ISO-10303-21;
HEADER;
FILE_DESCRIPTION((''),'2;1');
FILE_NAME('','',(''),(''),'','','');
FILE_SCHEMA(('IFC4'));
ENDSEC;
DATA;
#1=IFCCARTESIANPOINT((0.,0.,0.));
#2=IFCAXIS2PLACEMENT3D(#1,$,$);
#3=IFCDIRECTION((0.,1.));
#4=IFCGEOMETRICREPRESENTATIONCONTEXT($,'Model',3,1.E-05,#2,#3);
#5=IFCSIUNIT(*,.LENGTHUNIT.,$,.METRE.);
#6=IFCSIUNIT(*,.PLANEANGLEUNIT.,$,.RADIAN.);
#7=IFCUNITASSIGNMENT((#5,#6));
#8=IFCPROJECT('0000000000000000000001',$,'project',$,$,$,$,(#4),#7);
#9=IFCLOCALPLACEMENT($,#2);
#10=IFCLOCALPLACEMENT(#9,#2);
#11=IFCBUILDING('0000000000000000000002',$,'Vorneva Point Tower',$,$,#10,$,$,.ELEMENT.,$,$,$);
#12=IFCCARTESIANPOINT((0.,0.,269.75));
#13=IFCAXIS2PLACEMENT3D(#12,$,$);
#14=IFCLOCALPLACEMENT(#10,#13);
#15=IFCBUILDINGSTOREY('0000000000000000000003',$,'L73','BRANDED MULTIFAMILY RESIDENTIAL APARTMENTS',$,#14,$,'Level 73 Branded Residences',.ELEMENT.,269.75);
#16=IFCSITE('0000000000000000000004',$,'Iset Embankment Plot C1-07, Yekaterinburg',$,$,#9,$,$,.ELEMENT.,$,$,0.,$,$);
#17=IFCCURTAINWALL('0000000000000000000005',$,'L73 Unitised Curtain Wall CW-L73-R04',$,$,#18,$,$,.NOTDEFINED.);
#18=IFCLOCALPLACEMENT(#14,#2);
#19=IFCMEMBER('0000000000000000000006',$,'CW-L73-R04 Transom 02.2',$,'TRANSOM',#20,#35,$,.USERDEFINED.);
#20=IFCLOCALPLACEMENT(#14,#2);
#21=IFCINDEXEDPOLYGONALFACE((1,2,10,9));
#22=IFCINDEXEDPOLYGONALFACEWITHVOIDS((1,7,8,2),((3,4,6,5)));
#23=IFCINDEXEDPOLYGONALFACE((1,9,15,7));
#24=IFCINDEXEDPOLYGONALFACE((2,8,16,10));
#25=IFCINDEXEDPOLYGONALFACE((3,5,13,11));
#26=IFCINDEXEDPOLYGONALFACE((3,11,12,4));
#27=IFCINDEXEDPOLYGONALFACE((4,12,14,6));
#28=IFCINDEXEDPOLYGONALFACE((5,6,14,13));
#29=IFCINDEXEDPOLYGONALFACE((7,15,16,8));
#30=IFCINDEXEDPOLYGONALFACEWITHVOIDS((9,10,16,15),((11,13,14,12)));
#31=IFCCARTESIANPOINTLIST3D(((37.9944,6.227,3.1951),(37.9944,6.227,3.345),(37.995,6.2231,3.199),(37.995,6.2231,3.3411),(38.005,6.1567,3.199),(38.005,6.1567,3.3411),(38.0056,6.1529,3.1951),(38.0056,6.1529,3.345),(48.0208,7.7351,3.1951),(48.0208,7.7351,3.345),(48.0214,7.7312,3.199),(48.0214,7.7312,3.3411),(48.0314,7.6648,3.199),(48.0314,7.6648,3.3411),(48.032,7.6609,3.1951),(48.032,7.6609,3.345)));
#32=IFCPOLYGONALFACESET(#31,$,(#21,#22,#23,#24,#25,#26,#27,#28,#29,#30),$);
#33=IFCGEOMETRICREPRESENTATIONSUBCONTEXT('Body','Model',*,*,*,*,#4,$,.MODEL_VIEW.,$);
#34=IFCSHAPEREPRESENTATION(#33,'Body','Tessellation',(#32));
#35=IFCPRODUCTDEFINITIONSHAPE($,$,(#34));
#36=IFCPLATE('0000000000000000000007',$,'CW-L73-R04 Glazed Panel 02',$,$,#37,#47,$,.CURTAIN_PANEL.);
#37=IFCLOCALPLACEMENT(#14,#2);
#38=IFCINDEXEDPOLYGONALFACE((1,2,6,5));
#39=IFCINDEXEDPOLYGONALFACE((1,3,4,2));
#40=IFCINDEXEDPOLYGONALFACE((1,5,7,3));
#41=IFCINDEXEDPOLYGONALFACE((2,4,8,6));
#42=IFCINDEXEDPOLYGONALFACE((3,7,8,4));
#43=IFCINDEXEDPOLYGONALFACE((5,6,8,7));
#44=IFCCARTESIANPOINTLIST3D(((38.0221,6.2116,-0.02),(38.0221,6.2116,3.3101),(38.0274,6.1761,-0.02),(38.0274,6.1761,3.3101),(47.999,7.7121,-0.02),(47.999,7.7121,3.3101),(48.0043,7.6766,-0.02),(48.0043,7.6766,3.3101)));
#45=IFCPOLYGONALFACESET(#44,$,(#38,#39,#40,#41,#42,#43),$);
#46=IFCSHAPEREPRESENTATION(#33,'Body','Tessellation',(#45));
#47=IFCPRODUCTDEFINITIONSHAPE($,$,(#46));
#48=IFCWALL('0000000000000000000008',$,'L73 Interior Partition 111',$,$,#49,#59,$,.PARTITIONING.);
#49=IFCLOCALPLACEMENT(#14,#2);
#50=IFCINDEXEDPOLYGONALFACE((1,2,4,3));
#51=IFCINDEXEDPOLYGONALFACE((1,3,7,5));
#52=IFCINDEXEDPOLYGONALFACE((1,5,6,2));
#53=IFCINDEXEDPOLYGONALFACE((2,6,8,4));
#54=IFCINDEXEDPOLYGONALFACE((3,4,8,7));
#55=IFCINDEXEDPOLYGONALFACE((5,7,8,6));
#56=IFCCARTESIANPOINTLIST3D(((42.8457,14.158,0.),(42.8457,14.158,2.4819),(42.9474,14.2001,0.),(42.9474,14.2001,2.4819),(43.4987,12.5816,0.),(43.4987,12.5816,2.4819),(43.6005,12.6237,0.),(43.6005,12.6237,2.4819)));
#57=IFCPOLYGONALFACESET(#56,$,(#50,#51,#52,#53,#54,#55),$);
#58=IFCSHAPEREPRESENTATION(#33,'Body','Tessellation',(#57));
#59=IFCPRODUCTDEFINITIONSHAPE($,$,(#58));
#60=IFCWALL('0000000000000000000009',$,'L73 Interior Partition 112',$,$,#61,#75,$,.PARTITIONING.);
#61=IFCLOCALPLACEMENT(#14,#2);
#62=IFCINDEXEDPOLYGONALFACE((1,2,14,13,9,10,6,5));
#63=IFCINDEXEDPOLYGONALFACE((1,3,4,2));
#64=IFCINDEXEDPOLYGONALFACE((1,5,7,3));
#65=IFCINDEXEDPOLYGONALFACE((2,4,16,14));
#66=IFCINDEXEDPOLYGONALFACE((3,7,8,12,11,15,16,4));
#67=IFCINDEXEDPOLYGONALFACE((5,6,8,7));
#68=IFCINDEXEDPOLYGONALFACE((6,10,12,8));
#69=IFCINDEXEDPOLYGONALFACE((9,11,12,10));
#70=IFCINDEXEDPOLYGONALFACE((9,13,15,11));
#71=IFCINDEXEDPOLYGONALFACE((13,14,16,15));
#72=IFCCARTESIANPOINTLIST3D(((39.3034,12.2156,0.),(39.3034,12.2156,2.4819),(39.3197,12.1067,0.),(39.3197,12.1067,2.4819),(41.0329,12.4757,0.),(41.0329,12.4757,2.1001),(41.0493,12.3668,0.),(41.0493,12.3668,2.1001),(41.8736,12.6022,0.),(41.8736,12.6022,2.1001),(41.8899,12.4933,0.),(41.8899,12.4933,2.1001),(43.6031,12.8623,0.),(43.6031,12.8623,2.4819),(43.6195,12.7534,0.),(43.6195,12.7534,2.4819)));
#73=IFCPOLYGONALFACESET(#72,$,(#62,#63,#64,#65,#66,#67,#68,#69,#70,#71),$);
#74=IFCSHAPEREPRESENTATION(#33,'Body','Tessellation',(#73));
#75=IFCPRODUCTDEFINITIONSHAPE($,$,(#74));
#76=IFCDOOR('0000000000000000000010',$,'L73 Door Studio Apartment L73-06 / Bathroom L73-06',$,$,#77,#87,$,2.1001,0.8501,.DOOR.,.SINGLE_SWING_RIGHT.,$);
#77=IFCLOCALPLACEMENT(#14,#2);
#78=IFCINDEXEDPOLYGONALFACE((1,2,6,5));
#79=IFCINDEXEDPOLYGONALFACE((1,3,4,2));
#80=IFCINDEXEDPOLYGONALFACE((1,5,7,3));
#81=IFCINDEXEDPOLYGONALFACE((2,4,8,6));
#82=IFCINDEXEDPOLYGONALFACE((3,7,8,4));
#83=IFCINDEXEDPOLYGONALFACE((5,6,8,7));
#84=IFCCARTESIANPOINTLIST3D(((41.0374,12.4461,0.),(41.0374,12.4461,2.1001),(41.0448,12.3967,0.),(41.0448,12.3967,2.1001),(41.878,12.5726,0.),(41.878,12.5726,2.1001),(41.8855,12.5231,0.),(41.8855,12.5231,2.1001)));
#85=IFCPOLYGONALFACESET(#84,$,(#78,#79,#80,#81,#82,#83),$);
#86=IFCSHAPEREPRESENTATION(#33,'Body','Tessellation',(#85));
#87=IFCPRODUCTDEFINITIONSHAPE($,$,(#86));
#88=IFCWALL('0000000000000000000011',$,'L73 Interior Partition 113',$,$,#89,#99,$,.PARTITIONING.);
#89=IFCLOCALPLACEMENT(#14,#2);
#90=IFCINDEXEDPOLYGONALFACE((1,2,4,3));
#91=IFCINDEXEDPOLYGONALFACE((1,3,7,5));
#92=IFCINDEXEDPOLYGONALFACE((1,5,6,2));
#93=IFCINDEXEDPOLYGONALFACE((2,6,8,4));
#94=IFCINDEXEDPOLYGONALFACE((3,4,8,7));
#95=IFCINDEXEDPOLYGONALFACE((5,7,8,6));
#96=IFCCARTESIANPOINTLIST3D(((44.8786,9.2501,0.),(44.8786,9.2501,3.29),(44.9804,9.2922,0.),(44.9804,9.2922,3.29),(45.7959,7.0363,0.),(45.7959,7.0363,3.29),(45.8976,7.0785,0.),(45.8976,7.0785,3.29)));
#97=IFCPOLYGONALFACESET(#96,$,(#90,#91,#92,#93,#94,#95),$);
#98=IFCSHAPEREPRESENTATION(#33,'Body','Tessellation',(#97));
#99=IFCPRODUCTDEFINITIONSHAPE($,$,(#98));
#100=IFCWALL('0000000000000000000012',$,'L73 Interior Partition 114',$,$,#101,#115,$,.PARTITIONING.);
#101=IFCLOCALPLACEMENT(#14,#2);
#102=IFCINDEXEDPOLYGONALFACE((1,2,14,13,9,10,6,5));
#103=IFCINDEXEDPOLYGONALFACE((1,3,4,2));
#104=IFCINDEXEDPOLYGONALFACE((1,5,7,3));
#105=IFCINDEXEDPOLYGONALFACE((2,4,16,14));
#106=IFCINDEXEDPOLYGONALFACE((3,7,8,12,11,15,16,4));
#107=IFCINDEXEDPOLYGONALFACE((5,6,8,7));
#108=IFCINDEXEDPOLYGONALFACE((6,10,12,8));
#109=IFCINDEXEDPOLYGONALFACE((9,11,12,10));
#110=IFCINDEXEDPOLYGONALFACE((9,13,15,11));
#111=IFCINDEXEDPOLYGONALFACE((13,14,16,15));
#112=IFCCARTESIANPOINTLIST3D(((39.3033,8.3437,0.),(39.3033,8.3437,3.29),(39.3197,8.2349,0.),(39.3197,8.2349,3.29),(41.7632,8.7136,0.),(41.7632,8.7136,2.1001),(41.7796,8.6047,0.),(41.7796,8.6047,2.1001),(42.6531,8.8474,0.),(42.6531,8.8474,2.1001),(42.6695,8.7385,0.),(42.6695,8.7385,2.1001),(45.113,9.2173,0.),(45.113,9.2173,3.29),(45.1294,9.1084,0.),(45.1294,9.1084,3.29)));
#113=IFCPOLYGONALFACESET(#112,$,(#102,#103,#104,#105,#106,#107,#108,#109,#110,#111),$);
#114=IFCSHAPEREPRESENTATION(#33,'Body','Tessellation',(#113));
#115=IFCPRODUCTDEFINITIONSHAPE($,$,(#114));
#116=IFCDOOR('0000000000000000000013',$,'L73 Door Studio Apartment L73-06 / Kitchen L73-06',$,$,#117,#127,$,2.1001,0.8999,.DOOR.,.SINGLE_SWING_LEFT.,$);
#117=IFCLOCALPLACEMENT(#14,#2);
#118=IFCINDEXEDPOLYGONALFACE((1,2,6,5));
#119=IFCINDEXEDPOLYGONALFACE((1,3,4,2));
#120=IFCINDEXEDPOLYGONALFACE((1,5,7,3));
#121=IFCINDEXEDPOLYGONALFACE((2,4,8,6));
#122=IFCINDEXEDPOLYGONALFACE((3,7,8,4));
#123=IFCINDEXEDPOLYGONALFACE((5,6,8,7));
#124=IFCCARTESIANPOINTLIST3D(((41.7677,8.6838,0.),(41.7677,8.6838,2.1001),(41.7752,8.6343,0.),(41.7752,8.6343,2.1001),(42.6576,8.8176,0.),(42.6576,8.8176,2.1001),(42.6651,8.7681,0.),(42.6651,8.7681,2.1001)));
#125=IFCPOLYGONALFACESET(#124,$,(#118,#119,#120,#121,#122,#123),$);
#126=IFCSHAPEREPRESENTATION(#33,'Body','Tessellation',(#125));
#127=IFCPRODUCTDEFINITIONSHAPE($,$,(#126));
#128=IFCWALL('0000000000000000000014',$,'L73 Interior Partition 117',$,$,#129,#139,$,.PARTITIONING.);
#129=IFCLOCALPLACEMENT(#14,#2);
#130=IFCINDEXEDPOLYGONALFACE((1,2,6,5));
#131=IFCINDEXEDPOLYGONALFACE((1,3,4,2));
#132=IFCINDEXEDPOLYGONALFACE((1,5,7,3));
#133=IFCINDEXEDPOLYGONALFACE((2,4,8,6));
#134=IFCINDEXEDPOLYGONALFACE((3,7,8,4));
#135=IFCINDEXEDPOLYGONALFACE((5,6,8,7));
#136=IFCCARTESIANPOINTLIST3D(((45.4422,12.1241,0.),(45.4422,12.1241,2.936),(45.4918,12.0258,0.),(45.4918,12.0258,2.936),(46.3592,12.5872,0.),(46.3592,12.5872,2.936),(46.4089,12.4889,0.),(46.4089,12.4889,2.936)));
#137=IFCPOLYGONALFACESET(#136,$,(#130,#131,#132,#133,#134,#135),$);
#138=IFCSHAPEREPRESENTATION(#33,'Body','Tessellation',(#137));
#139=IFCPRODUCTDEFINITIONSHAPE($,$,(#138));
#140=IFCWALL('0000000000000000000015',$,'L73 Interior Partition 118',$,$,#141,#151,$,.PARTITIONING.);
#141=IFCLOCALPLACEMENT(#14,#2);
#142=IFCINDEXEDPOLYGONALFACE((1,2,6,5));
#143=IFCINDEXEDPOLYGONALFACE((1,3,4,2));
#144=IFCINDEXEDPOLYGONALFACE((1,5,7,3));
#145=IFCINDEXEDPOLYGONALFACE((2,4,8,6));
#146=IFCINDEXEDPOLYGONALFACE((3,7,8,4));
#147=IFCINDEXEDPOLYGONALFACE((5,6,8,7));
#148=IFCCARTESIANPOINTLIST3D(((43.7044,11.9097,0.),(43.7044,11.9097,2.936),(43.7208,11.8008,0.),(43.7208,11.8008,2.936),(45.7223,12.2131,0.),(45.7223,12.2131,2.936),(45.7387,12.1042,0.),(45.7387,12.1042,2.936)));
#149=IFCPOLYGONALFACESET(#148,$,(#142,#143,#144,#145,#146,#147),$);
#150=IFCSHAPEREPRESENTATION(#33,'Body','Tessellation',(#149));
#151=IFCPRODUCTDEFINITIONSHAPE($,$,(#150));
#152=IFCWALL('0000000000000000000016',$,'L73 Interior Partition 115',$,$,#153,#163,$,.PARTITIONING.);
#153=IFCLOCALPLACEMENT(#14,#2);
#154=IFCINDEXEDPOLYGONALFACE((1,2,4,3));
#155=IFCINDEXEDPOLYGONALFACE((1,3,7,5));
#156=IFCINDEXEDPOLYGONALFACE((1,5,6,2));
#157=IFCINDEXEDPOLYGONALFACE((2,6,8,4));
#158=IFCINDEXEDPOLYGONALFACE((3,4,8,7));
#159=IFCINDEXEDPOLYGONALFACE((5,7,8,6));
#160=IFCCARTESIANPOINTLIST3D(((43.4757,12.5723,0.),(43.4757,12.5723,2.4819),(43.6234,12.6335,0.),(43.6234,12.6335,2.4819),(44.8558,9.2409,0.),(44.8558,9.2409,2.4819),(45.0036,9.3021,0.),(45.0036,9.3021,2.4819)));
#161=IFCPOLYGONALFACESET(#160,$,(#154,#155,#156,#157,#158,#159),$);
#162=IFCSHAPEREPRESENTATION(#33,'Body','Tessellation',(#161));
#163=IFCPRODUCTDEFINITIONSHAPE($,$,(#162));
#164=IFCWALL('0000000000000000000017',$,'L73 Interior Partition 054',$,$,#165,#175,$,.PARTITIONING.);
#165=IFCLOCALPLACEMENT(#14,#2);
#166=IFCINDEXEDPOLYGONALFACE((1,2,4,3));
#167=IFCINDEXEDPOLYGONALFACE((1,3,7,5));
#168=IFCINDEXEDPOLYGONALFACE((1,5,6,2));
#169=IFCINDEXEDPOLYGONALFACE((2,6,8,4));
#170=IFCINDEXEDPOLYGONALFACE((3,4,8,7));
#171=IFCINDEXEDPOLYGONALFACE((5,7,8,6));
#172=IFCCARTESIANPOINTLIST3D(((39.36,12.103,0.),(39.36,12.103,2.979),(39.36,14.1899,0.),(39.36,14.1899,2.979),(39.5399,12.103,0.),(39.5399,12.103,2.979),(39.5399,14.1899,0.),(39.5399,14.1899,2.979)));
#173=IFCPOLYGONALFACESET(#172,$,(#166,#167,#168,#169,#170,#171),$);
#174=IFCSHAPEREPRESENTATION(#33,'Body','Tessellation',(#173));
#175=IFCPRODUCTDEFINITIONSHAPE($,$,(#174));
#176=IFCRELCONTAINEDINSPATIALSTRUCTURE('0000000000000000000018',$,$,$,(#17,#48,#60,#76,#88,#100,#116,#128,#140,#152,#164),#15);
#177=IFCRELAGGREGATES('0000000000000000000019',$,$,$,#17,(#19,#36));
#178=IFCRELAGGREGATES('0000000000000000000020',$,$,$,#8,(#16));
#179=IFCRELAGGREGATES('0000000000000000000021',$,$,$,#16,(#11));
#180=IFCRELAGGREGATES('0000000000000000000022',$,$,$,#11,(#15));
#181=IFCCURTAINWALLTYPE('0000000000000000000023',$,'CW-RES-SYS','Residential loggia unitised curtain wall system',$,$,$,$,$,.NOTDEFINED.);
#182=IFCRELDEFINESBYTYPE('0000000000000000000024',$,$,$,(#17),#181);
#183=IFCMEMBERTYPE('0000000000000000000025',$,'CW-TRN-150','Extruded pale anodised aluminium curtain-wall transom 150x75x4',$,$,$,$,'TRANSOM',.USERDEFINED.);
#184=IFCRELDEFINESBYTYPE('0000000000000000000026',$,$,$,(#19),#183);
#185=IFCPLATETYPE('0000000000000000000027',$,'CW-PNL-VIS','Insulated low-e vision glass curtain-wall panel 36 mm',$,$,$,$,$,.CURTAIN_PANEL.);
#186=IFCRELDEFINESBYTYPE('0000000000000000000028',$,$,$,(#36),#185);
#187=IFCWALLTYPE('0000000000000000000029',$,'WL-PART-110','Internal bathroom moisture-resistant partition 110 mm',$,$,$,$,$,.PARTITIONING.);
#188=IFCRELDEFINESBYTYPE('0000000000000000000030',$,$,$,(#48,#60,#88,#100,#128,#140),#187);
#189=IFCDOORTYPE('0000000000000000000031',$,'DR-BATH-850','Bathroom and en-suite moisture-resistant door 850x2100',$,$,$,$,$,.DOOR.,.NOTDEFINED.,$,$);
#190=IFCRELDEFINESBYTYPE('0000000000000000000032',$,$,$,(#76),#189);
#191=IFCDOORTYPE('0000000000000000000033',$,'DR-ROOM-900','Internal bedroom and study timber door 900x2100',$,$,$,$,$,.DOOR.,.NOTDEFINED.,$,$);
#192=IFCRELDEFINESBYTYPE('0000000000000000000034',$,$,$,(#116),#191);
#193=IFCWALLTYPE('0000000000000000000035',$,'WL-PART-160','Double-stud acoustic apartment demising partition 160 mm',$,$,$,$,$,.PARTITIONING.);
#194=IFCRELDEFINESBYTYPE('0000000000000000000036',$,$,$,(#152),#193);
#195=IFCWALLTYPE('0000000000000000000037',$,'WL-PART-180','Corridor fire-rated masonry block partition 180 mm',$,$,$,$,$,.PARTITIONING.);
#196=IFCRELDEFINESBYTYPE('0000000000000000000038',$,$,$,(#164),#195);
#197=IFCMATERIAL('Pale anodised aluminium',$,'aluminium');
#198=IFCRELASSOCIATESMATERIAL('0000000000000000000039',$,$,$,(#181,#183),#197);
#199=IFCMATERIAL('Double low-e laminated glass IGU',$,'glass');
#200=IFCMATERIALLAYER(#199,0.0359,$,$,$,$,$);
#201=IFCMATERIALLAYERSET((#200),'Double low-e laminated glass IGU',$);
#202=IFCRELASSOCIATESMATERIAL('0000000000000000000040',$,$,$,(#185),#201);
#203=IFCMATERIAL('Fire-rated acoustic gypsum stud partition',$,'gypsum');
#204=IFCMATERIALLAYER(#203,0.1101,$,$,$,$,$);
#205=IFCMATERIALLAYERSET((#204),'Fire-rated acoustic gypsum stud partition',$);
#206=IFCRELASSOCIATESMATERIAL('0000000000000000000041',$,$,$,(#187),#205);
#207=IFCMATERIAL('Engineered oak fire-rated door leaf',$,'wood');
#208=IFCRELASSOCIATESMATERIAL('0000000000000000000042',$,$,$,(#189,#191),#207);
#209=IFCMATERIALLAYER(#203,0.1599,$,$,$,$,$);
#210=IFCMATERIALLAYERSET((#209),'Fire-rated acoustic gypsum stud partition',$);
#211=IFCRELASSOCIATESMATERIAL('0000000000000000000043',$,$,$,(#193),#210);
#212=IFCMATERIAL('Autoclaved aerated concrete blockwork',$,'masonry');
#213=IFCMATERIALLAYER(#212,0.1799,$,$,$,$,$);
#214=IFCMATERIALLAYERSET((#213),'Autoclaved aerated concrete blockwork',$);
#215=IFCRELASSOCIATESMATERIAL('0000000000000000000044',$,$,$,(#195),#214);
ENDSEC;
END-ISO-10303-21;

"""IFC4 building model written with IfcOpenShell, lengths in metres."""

from ifc_helpers import new_model, si_unit, direction, frame, frame_2d, origin, origin_2d, place, context, subcontext, project, spatial, rectangle, hollow_rectangle, extrude, material, layer, layer_set, material_profile, profile_set, type_object, element, fill, aggregate, save


model = new_model("IFC4")

# Units and contexts
model_context = context("Model", 3, precision=1e-05, world=origin(), true_north=direction((0.0, 1.0)))
body_context = subcontext(model_context, "Body", "Model", "MODEL_VIEW")
ifc_project = project(units=[si_unit("LENGTHUNIT", "METRE"), si_unit("PLANEANGLEUNIT", "RADIAN")], contexts=[model_context])

# Site, building, storey
site_placement = place(None, origin())
site = spatial("IfcSite", under=ifc_project, at=site_placement, Name="Iset Embankment Plot C1-07, Yekaterinburg", CompositionType="ELEMENT", RefElevation=0.0)
building_placement = place(site_placement, origin())
building = spatial("IfcBuilding", under=site, at=building_placement, Name="Vorneva Point Tower", CompositionType="ELEMENT")
storey_placement = place(building_placement, frame((0.0, 0.0, 269.75)))
storey = spatial("IfcBuildingStorey", under=building, at=storey_placement, Name="L73", Description="BRANDED MULTIFAMILY RESIDENTIAL APARTMENTS", LongName="Level 73 Branded Residences", CompositionType="ELEMENT", Elevation=269.75)

# Curtain wall, member, plate
ifc_material_1 = material(Name="Pale anodised aluminium", Category="aluminium")
curtain_wall_type = type_object("IfcCurtainWallType", Name="CW-RES-SYS", Description="Residential loggia unitised curtain wall system", PredefinedType="NOTDEFINED", material=ifc_material_1)
curtain_wall_placement = place(storey_placement, origin())
curtain_wall = element("IfcCurtainWall", 1, at=curtain_wall_placement, inside=storey, type_object=curtain_wall_type, Name="L73 Unitised Curtain Wall CW-L73-R04", PredefinedType="NOTDEFINED")
ifc_material_profile_1 = material_profile(ifc_material_1, hollow_rectangle(XDim=0.075, YDim=0.1499, WallThickness=0.0039, at=origin_2d()), Name="AL-TRN 150x75x4")
ifc_profile_set_1 = profile_set([ifc_material_profile_1], Name="Pale anodised aluminium")
member_type_1 = type_object("IfcMemberType", Name="CW-TRN-150", Description="Extruded pale anodised aluminium curtain-wall transom 150x75x4", ElementType="TRANSOM", PredefinedType="USERDEFINED", material=ifc_profile_set_1)
member_1_placement = place(storey_placement, frame((38.0, 6.1899, 3.27), z_axis=(0.988877, 0.148736, 0.0), x_axis=(-0.148736, 0.988877, 0.0)))
member_1 = element("IfcMember", 2, at=member_1_placement, type_object=member_type_1, Name="CW-L73-R04 Transom 02.2", ObjectType="TRANSOM", PredefinedType="USERDEFINED", context=body_context, shape_type="SweptSolid", body=[
    extrude(hollow_rectangle(XDim=0.075, YDim=0.1499, WallThickness=0.0039, at=origin_2d()), origin(), (0.0, 0.0, 1.0), 10.1392),
])
ifc_material_2 = material(Name="Double low-e laminated glass IGU", Category="glass")
ifc_layer_1 = layer(ifc_material_2, 0.0359)
ifc_layer_set_1 = layer_set([ifc_layer_1], Name="Double low-e laminated glass IGU")
plate_type = type_object("IfcPlateType", Name="CW-PNL-VIS", Description="Insulated low-e vision glass curtain-wall panel 36 mm", PredefinedType="CURTAIN_PANEL", material=ifc_layer_set_1)
plate_placement = place(storey_placement, frame((43.0132, 6.9441, -0.02), z_axis=(0.0, 0.0, 1.0), x_axis=(0.988879, 0.148724, 0.0)))
plate = element("IfcPlate", 3, at=plate_placement, type_object=plate_type, Name="CW-L73-R04 Glazed Panel 02", PredefinedType="CURTAIN_PANEL", context=body_context, shape_type="SweptSolid", body=[
    extrude(rectangle(XDim=10.0891, YDim=0.0359, at=origin_2d()), origin(), (0.0, 0.0, 1.0), 3.3301),
])
aggregate(curtain_wall, [member_1, plate])

# Wall
ifc_material_3 = material(Name="Fire-rated acoustic gypsum stud partition", Category="gypsum")
ifc_layer_2 = layer(ifc_material_3, 0.1101)
ifc_layer_set_2 = layer_set([ifc_layer_2], Name="Fire-rated acoustic gypsum stud partition")
wall_type_1 = type_object("IfcWallType", Name="WL-PART-110", Description="Internal bathroom moisture-resistant partition 110 mm", PredefinedType="PARTITIONING", material=ifc_layer_set_2)
wall_1_placement = place(storey_placement, frame((43.5496, 12.6028, 0.0), z_axis=(0.0, 0.0, 1.0), x_axis=(-0.382735, 0.923858, 0.0)))
element("IfcWall", 4, at=wall_1_placement, inside=storey, type_object=wall_type_1, Name="L73 Interior Partition 111", PredefinedType="PARTITIONING", context=body_context, shape_type="SweptSolid", body=[
    extrude(rectangle(XDim=1.7063, YDim=0.1101, at=frame_2d((0.853, 0.0))), origin(), (0.0, 0.0, 1.0), 2.4819),
])

# Wall, opening, door
wall_2_placement = place(storey_placement, frame((43.6113, 12.8079, 0.0), z_axis=(0.0, 0.0, 1.0), x_axis=(-0.988877, -0.148736, 0.0)))
wall_2 = element("IfcWall", 5, at=wall_2_placement, inside=storey, type_object=wall_type_1, Name="L73 Interior Partition 112", PredefinedType="PARTITIONING", context=body_context, shape_type="SweptSolid", body=[
    extrude(rectangle(XDim=4.3481, YDim=0.1101, at=frame_2d((2.1741, 0.0))), origin(), (0.0, 0.0, 1.0), 2.4819),
])
opening_1_placement = place(wall_2_placement, frame((1.749, 0.0, 0.0)))
opening_1 = element("IfcOpeningElement", 6, at=opening_1_placement, cuts=wall_2, PredefinedType="OPENING", context=body_context, shape_type="SweptSolid", body=[
    extrude(rectangle(XDim=0.8501, YDim=2.1001, at=frame_2d((0.425, 1.05))), frame((0.0, 0.0698, 0.0), z_axis=(0.0, -1.0, 0.0), x_axis=(1.0, 0.0, 0.0)), (0.0, 0.0, 1.0), 0.1399),
])
ifc_material_4 = material(Name="Engineered oak fire-rated door leaf", Category="wood")
door_type_1 = type_object("IfcDoorType", Name="DR-BATH-850", Description="Bathroom and en-suite moisture-resistant door 850x2100", OperationType="NOTDEFINED", PredefinedType="DOOR", material=ifc_material_4)
door_1_placement = place(opening_1_placement, origin())
door_1 = element("IfcDoor", 7, at=door_1_placement, inside=storey, type_object=door_type_1, Name="L73 Door Studio Apartment L73-06 / Bathroom L73-06", OperationType="SINGLE_SWING_RIGHT", OverallHeight=2.1001, OverallWidth=0.8501, PredefinedType="DOOR", context=body_context, shape_type="SweptSolid", body=[
    extrude(rectangle(XDim=0.8501, YDim=2.1001, at=frame_2d((0.425, 1.05))), frame((0.0, 0.0249, 0.0), z_axis=(0.0, -1.0, 0.0), x_axis=(1.0, 0.0, 0.0)), (0.0, 0.0, 1.0), 0.05),
])
fill(opening_1, door_1)

# Wall
wall_3_placement = place(storey_placement, frame((44.9294, 9.2712, 0.0), z_axis=(0.0, 0.0, 1.0), x_axis=(0.382799, -0.923832, 0.0)))
element("IfcWall", 8, at=wall_3_placement, inside=storey, type_object=wall_type_1, Name="L73 Interior Partition 113", PredefinedType="PARTITIONING", context=body_context, shape_type="SweptSolid", body=[
    extrude(rectangle(XDim=2.3962, YDim=0.1101, at=frame_2d((1.1982, 0.0))), origin(), (0.0, 0.0, 1.0), 3.29),
])

# Wall, opening, door
wall_4_placement = place(storey_placement, frame((39.3115, 8.2893, 0.0), z_axis=(0.0, 0.0, 1.0), x_axis=(0.988885, 0.148684, 0.0)))
wall_4 = element("IfcWall", 9, at=wall_4_placement, inside=storey, type_object=wall_type_1, Name="L73 Interior Partition 114", PredefinedType="PARTITIONING", context=body_context, shape_type="SweptSolid", body=[
    extrude(rectangle(XDim=5.875, YDim=0.1101, at=frame_2d((2.9375, 0.0))), origin(), (0.0, 0.0, 1.0), 3.29),
])
opening_2_placement = place(wall_4_placement, frame((2.4875, 0.0, 0.0)))
opening_2 = element("IfcOpeningElement", 10, at=opening_2_placement, cuts=wall_4, PredefinedType="OPENING", context=body_context, shape_type="SweptSolid", body=[
    extrude(rectangle(XDim=0.8999, YDim=2.1001, at=frame_2d((0.45, 1.05))), frame((0.0, 0.0698, 0.0), z_axis=(0.0, -1.0, 0.0), x_axis=(1.0, 0.0, 0.0)), (0.0, 0.0, 1.0), 0.1399),
])
door_type_2 = type_object("IfcDoorType", Name="DR-ROOM-900", Description="Internal bedroom and study timber door 900x2100", OperationType="NOTDEFINED", PredefinedType="DOOR", material=ifc_material_4)
door_2_placement = place(opening_2_placement, origin())
door_2 = element("IfcDoor", 11, at=door_2_placement, inside=storey, type_object=door_type_2, Name="L73 Door Studio Apartment L73-06 / Kitchen L73-06", OperationType="SINGLE_SWING_LEFT", OverallHeight=2.1001, OverallWidth=0.8999, PredefinedType="DOOR", context=body_context, shape_type="SweptSolid", body=[
    extrude(rectangle(XDim=0.8999, YDim=2.1001, at=frame_2d((0.45, 1.05))), frame((0.0, 0.0249, 0.0), z_axis=(0.0, -1.0, 0.0), x_axis=(1.0, 0.0, 0.0)), (0.0, 0.0, 1.0), 0.05),
])
fill(opening_2, door_2)

# Walls
wall_5_placement = place(storey_placement, frame((46.384, 12.5381, 0.0), z_axis=(0.0, 0.0, 1.0), x_axis=(-0.892614, -0.450822, 0.0)))
element("IfcWall", 12, at=wall_5_placement, inside=storey, type_object=wall_type_1, Name="L73 Interior Partition 117", PredefinedType="PARTITIONING", context=body_context, shape_type="SweptSolid", body=[
    extrude(rectangle(XDim=1.0273, YDim=0.1101, at=frame_2d((0.5137, 0.0))), origin(), (0.0, 0.0, 1.0), 2.936),
])
wall_6_placement = place(storey_placement, frame((45.7305, 12.1587, 0.0), z_axis=(0.0, 0.0, 1.0), x_axis=(-0.988879, -0.148721, 0.0)))
element("IfcWall", 13, at=wall_6_placement, inside=storey, type_object=wall_type_1, Name="L73 Interior Partition 118", PredefinedType="PARTITIONING", context=body_context, shape_type="SweptSolid", body=[
    extrude(rectangle(XDim=2.0405, YDim=0.1101, at=frame_2d((1.0203, 0.0))), origin(), (0.0, 0.0, 1.0), 2.936),
])
ifc_layer_3 = layer(ifc_material_3, 0.1599)
ifc_layer_set_3 = layer_set([ifc_layer_3], Name="Fire-rated acoustic gypsum stud partition")
wall_type_2 = type_object("IfcWallType", Name="WL-PART-160", Description="Double-stud acoustic apartment demising partition 160 mm", PredefinedType="PARTITIONING", material=ifc_layer_set_3)
wall_7_placement = place(storey_placement, frame((44.9297, 9.2715, 0.0), z_axis=(0.0, 0.0, 1.0), x_axis=(-0.382744, 0.923854, 0.0)))
element("IfcWall", 14, at=wall_7_placement, inside=storey, type_object=wall_type_2, Name="L73 Interior Partition 115", PredefinedType="PARTITIONING", context=body_context, shape_type="SweptSolid", body=[
    extrude(rectangle(XDim=3.606, YDim=0.1599, at=frame_2d((1.803, 0.0))), origin(), (0.0, 0.0, 1.0), 2.4819),
])

# Shared definitions
ifc_material_5 = material(Name="Autoclaved aerated concrete blockwork", Category="masonry")
ifc_layer_4 = layer(ifc_material_5, 0.1799)
ifc_layer_set_4 = layer_set([ifc_layer_4], Name="Autoclaved aerated concrete blockwork")
wall_type_3 = type_object("IfcWallType", Name="WL-PART-180", Description="Corridor fire-rated masonry block partition 180 mm", PredefinedType="PARTITIONING", material=ifc_layer_set_4)

# Wall
wall_8_placement = place(storey_placement, frame((39.45, 12.103, 0.0), z_axis=(0.0, 0.0, 1.0), x_axis=(0.0, 1.0, 0.0)))
element("IfcWall", 15, at=wall_8_placement, inside=storey, type_object=wall_type_3, Name="L73 Interior Partition 054", PredefinedType="PARTITIONING", context=body_context, shape_type="SweptSolid", body=[
    extrude(rectangle(XDim=2.0869, YDim=0.1799, at=frame_2d((1.0435, 0.0))), origin(), (0.0, 0.0, 1.0), 2.979),
])

save(model, "model.ifc")
